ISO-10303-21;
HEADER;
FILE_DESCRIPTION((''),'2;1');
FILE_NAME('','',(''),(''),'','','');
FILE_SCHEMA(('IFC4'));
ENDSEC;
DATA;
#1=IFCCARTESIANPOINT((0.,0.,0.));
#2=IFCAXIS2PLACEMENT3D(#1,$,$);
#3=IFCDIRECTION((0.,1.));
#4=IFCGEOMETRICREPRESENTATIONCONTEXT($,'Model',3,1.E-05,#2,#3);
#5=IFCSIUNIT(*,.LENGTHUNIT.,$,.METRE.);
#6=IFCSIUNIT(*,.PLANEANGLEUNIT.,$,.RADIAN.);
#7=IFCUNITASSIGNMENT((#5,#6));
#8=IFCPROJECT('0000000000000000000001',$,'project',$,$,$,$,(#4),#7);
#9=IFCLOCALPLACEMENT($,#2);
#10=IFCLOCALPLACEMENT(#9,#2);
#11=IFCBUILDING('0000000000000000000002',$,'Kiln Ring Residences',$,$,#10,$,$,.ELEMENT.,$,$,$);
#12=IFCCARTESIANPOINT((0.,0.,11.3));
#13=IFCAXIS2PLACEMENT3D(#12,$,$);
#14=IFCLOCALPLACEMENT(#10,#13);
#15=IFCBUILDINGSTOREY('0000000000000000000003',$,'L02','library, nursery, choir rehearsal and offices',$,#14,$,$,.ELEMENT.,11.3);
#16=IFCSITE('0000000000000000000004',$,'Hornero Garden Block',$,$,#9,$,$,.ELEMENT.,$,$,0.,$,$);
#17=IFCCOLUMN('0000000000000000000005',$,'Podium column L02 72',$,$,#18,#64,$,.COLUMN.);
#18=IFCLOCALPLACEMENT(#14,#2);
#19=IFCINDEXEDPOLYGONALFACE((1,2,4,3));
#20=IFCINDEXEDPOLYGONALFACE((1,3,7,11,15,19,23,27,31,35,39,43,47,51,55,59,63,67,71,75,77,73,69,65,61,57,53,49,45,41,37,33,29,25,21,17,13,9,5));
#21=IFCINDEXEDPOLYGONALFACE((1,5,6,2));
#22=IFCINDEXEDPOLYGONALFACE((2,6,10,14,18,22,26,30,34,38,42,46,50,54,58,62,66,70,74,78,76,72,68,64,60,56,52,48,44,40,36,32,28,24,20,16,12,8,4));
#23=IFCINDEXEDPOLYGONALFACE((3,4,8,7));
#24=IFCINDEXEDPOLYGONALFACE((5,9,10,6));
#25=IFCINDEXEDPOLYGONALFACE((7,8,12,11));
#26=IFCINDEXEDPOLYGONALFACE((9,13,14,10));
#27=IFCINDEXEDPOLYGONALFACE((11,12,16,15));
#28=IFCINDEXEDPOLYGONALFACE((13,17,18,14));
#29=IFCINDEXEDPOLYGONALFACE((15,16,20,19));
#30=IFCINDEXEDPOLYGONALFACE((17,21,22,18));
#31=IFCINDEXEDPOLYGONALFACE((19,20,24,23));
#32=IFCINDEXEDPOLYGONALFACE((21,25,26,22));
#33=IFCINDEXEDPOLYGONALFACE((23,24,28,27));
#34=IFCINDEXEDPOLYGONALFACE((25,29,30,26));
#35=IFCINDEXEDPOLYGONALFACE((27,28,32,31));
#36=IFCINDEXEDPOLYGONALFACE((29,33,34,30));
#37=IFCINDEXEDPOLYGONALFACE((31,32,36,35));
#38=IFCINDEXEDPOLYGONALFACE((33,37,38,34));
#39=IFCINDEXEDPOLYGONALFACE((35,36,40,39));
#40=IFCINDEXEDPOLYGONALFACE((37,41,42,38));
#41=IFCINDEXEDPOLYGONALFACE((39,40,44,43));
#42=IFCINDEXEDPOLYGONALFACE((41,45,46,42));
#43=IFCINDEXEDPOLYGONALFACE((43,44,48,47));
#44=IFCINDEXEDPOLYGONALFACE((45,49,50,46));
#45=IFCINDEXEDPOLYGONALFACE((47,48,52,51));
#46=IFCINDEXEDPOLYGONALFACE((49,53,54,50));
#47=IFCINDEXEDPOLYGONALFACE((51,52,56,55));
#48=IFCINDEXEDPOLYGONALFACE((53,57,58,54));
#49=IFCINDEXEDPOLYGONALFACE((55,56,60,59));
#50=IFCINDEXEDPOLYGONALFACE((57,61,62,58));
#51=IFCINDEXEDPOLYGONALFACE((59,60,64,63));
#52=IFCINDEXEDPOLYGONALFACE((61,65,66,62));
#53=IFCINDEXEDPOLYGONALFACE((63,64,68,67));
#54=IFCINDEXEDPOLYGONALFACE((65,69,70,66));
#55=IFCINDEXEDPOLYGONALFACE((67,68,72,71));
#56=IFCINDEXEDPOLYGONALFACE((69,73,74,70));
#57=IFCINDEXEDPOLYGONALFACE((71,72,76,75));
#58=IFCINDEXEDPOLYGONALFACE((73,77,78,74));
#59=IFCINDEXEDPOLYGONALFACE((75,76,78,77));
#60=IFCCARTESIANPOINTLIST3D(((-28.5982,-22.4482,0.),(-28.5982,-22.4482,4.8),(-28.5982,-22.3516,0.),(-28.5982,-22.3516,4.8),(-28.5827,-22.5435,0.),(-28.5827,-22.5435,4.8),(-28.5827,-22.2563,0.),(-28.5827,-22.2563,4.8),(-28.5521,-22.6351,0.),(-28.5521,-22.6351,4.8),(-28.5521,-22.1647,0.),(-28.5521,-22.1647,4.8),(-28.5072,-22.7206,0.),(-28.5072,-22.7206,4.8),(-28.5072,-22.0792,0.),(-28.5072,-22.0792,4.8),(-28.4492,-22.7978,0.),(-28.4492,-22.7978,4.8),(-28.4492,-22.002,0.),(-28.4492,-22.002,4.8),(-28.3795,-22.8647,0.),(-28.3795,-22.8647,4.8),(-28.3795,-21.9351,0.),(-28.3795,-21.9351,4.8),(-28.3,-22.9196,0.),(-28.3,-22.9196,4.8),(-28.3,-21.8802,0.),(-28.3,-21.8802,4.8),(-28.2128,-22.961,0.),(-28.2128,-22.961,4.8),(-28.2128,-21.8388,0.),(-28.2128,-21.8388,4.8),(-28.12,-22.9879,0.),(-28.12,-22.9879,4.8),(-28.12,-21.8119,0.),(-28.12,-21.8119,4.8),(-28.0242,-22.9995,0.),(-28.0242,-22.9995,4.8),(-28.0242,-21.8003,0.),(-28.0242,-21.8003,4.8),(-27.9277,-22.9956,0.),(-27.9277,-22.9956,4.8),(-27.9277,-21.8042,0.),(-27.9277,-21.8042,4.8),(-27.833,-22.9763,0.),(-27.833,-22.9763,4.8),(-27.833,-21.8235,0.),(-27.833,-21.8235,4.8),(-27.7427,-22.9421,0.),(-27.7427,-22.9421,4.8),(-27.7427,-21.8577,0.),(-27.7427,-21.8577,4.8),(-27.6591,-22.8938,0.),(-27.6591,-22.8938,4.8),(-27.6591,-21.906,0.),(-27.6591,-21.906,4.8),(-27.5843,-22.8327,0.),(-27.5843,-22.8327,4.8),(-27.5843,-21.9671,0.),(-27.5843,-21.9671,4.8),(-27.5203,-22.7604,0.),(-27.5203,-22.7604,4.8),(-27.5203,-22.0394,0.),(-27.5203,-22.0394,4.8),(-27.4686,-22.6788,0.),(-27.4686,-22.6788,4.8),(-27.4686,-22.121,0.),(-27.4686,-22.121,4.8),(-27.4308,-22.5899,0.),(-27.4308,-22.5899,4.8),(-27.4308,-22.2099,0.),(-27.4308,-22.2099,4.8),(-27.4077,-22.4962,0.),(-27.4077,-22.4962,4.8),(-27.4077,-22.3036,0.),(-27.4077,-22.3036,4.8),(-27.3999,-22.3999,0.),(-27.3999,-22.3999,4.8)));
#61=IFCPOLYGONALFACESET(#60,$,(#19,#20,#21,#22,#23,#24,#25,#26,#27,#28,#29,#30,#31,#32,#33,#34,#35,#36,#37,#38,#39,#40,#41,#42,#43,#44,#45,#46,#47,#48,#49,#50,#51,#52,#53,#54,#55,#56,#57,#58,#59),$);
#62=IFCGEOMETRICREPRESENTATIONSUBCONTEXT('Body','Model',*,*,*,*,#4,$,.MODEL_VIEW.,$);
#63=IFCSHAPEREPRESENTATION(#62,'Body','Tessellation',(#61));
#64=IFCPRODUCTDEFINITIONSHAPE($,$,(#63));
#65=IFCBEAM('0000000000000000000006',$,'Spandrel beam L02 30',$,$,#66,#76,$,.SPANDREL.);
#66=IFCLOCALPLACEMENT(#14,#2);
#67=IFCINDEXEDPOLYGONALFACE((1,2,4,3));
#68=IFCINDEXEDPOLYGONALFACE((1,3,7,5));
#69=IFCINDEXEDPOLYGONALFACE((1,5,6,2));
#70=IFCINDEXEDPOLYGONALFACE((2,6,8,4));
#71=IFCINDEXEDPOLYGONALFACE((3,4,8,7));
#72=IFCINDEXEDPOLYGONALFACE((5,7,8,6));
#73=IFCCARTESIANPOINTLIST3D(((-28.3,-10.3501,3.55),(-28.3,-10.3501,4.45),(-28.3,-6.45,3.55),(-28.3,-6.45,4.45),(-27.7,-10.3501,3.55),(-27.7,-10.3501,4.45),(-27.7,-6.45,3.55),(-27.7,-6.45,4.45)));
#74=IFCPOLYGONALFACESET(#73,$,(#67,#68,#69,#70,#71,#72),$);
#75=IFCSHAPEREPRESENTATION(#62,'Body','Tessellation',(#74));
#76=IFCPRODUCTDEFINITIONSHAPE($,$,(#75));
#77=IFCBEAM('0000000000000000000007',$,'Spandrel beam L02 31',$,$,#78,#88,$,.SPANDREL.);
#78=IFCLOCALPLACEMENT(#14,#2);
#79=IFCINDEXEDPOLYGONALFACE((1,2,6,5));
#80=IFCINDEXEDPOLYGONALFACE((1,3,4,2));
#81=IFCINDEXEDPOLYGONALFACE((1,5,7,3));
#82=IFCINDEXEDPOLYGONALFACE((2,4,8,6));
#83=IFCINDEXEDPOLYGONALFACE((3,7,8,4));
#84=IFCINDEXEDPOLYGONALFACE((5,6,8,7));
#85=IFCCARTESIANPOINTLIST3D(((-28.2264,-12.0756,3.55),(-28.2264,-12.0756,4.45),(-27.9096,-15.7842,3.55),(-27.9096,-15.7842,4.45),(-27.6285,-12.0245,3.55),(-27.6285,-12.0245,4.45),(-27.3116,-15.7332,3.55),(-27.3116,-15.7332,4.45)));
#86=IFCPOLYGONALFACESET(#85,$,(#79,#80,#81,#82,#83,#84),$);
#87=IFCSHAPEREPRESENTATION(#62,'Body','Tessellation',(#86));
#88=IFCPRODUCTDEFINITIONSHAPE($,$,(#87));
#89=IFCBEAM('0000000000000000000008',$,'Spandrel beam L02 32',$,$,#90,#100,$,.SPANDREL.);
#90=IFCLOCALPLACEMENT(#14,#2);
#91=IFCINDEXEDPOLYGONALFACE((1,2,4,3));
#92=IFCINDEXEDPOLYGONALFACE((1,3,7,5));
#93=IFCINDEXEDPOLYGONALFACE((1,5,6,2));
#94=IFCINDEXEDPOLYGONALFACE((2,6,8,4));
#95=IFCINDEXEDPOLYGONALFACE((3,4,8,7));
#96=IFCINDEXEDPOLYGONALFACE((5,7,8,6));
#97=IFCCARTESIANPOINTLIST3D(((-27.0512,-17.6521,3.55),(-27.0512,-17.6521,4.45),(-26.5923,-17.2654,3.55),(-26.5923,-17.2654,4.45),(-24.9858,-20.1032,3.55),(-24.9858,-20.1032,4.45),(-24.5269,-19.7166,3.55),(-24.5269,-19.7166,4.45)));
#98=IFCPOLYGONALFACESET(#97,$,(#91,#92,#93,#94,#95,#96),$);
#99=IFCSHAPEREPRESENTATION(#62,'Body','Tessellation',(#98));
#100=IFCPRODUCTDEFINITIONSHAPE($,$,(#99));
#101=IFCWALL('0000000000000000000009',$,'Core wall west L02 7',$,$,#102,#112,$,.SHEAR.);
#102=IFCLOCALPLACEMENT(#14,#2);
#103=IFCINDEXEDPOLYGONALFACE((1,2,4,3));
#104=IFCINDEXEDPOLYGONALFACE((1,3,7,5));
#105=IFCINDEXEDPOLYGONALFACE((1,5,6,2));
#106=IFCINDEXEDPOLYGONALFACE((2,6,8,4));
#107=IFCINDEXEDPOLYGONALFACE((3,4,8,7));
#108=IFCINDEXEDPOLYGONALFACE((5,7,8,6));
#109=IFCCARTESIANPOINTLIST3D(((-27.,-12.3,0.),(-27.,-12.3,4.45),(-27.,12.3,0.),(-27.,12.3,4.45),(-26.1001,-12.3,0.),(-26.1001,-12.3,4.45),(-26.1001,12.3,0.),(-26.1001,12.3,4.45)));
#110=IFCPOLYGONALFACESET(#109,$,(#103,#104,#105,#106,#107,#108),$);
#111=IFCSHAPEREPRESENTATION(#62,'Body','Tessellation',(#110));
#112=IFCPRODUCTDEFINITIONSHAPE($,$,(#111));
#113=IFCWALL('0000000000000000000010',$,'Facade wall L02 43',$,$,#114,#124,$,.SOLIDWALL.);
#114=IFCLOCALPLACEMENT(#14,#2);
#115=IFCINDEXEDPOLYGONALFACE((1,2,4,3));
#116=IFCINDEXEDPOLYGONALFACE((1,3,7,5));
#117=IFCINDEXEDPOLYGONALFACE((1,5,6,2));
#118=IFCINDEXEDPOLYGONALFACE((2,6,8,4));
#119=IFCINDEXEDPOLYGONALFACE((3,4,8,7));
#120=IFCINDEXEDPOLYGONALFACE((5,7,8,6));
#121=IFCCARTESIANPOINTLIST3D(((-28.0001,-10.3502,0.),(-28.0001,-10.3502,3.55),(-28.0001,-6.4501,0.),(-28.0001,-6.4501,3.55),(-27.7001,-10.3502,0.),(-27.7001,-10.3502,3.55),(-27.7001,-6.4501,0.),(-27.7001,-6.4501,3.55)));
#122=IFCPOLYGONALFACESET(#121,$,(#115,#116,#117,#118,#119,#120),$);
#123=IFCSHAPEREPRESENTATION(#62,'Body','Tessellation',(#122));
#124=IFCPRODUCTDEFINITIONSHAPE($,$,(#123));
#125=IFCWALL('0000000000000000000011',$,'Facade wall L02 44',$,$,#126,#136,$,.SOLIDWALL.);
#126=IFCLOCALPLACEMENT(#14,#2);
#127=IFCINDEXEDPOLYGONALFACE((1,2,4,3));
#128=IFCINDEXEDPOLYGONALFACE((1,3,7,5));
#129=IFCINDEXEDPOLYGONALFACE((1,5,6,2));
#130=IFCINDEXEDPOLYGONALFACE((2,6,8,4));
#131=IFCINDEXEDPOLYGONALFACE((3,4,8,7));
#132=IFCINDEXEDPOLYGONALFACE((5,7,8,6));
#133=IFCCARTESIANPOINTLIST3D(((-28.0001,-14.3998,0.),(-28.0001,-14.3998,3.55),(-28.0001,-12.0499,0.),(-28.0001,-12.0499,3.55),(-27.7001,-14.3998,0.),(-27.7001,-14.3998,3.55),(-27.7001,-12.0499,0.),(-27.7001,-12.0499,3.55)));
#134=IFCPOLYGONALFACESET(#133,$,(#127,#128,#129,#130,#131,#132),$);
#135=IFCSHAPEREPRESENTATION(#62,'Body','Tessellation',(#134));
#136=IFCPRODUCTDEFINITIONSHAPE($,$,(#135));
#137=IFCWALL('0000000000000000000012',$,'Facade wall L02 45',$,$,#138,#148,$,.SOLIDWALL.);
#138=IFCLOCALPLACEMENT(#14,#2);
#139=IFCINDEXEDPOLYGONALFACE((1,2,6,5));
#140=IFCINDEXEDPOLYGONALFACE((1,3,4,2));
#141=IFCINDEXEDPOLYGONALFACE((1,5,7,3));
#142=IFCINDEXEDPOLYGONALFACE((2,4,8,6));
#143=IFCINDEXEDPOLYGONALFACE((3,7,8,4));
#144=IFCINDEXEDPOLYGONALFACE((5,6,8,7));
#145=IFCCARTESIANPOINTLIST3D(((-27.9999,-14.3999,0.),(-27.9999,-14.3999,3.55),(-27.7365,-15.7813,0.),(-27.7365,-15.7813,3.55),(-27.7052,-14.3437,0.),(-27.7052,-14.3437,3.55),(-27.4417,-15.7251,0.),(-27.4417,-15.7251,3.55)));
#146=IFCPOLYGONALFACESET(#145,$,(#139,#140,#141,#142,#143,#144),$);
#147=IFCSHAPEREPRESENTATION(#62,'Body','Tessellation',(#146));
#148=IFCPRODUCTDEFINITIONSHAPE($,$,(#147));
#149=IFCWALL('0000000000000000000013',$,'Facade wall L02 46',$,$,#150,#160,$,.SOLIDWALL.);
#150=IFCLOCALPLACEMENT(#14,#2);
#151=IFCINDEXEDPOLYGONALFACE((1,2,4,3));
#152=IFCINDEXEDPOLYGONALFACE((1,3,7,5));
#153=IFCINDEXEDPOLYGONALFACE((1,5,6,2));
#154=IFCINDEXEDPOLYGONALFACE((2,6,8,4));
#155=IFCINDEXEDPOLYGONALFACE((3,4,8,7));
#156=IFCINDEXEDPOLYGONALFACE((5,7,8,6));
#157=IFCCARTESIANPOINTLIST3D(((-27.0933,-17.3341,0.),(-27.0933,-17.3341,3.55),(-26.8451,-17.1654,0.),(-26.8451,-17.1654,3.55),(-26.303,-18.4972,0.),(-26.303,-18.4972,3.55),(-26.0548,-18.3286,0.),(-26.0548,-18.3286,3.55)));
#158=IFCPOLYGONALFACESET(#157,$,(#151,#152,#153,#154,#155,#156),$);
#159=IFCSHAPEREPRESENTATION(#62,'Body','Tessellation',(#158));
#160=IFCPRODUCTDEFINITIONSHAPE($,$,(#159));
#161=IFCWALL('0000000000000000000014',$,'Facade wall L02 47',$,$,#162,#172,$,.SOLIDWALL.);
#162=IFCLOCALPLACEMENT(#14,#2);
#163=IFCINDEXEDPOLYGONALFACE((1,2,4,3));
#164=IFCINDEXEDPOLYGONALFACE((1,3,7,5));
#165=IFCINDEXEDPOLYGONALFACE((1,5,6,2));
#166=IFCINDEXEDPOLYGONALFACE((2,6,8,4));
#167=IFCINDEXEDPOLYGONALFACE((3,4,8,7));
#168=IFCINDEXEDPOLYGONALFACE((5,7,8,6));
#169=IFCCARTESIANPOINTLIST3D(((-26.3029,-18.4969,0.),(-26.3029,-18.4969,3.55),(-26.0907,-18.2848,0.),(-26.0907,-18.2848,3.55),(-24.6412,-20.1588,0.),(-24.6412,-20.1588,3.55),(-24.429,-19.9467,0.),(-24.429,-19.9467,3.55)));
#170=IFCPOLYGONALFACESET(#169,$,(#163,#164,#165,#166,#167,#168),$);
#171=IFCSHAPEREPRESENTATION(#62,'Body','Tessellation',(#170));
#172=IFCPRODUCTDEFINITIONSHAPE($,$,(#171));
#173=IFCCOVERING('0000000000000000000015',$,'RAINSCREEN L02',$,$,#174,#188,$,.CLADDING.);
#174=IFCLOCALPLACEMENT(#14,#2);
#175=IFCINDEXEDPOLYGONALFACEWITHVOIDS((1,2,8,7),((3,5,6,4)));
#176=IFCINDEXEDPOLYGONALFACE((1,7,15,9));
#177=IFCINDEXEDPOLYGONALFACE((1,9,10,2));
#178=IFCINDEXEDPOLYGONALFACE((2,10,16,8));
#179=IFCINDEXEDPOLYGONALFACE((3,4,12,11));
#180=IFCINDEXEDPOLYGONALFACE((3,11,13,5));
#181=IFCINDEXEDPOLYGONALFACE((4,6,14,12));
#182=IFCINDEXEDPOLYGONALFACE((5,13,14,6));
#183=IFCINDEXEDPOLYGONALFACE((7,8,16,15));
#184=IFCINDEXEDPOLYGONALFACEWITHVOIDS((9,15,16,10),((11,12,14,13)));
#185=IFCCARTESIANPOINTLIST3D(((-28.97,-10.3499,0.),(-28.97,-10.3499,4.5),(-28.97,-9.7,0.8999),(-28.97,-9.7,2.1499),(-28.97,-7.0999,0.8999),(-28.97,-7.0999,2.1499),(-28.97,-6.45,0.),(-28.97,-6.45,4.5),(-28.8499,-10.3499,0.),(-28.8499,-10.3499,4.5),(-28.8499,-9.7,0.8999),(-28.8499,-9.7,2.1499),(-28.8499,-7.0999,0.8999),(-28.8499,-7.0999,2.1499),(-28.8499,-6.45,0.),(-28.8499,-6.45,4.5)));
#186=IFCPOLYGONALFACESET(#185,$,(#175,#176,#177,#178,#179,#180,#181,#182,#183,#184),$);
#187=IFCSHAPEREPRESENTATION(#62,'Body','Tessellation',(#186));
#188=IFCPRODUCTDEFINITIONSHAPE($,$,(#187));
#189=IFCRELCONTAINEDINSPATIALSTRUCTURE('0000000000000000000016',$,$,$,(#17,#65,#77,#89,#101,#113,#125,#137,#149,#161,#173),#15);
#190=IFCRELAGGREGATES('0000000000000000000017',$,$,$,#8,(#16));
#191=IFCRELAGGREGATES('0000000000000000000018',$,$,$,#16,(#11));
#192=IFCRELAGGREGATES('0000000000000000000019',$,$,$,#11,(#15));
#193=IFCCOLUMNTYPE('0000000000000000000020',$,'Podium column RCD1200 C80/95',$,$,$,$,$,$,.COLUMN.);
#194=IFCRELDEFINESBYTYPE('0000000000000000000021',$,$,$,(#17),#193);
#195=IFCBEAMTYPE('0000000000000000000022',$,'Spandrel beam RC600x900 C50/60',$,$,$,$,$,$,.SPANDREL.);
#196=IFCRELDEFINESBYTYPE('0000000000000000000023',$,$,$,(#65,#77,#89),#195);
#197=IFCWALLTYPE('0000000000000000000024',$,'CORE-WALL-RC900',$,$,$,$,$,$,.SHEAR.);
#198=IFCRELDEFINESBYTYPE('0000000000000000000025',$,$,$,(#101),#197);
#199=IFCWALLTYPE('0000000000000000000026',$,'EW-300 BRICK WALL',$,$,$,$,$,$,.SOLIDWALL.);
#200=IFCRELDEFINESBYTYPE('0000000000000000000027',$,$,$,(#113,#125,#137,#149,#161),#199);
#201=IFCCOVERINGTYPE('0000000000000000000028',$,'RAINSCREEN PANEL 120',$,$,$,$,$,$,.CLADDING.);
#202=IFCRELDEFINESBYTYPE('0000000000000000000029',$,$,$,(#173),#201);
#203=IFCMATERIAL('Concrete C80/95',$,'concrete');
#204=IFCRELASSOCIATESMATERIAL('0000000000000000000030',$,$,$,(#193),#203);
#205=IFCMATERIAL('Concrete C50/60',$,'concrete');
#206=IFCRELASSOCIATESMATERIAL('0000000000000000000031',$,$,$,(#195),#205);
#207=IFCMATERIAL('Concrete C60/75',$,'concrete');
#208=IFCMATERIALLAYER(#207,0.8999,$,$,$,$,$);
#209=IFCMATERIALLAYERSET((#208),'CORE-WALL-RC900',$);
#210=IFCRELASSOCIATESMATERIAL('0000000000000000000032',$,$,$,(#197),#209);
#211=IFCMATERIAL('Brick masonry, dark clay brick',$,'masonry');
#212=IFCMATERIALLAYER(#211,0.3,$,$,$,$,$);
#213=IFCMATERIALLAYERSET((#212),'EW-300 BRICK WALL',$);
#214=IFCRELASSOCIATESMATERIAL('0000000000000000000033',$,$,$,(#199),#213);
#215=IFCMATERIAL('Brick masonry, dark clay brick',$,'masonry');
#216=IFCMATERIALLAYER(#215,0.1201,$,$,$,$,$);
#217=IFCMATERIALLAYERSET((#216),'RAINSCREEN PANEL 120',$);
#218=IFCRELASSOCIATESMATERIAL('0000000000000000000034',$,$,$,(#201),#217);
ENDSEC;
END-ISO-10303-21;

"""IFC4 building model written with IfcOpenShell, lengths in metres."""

from ifc_helpers import new_model, si_unit, direction, frame, frame_2d, origin, origin_2d, place, context, subcontext, project, spatial, polyline, rectangle, circle, outline, extrude, material, layer, layer_set, material_profile, profile_set, type_object, element, save


model = new_model("IFC4")

# Units and contexts
model_context = context("Model", 3, precision=1e-05, world=origin(), true_north=direction((0.0, 1.0)))
body_context = subcontext(model_context, "Body", "Model", "MODEL_VIEW")
ifc_project = project(units=[si_unit("LENGTHUNIT", "METRE"), si_unit("PLANEANGLEUNIT", "RADIAN")], contexts=[model_context])

# Site, building, storey
site_placement = place(None, origin())
site = spatial("IfcSite", under=ifc_project, at=site_placement, Name="Hornero Garden Block", CompositionType="ELEMENT", RefElevation=0.0)
building_placement = place(site_placement, origin())
building = spatial("IfcBuilding", under=site, at=building_placement, Name="Kiln Ring Residences", CompositionType="ELEMENT")
storey_placement = place(building_placement, frame((0.0, 0.0, 11.3)))
storey = spatial("IfcBuildingStorey", under=building, at=storey_placement, Name="L02", Description="library, nursery, choir rehearsal and offices", CompositionType="ELEMENT", Elevation=11.3)

# Column
ifc_material_1 = material(Name="Concrete C80/95", Category="concrete")
ifc_material_profile_1 = material_profile(ifc_material_1, circle(Radius=0.6001, at=origin_2d()), Name="RCD1200")
ifc_profile_set_1 = profile_set([ifc_material_profile_1], Name="Concrete C80/95")
column_type_1 = type_object("IfcColumnType", Name="Podium column RCD1200 C80/95", PredefinedType="COLUMN", material=ifc_profile_set_1)
for number, where, z_axis, x_axis, name in (
    (1, (-28.0, -22.3999, 0.0), (0.0, 0.0, 1.0), (1.0, 0.0, 0.0), "Podium column L02 72"),
):
    element("IfcColumn", number, at=place(storey_placement, frame(where, z_axis=z_axis, x_axis=x_axis)), inside=storey, type_object=column_type_1, Name=name, PredefinedType="COLUMN", context=body_context, shape_type="SweptSolid", body=[
        extrude(circle(Radius=0.6001, at=origin_2d()), origin(), (0.0, 0.0, 1.0), 4.8),
    ])

# Beams
ifc_material_2 = material(Name="Concrete C50/60", Category="concrete")
ifc_material_profile_2 = material_profile(ifc_material_2, rectangle(XDim=0.6001, YDim=0.8999, at=origin_2d()), Name="RC600x900")
ifc_profile_set_2 = profile_set([ifc_material_profile_2], Name="Concrete C50/60")
beam_type = type_object("IfcBeamType", Name="Spandrel beam RC600x900 C50/60", PredefinedType="SPANDREL", material=ifc_profile_set_2)
beam_1_placement = place(storey_placement, frame((-28.0, -6.45, 4.0), z_axis=(0.0, -1.0, 0.0), x_axis=(1.0, 0.0, 0.0)))
element("IfcBeam", 2, at=beam_1_placement, inside=storey, type_object=beam_type, Name="Spandrel beam L02 30", PredefinedType="SPANDREL", context=body_context, shape_type="SweptSolid", body=[
    extrude(rectangle(XDim=0.6001, YDim=0.8999, at=origin_2d()), origin(), (0.0, 0.0, 1.0), 3.9001),
])
beam_2_placement = place(storey_placement, frame((-27.9275, -12.05, 4.0), z_axis=(0.085135, -0.996369, 0.0), x_axis=(0.996369, 0.085135, 0.0)))
element("IfcBeam", 3, at=beam_2_placement, inside=storey, type_object=beam_type, Name="Spandrel beam L02 31", PredefinedType="SPANDREL", context=body_context, shape_type="SweptSolid", body=[
    extrude(rectangle(XDim=0.6001, YDim=0.8999, at=origin_2d()), origin(), (0.0, 0.0, 1.0), 3.7222),
])
beam_3_placement = place(storey_placement, frame((-26.8218, -17.4587, 4.0), z_axis=(0.64437, -0.764714, 0.0), x_axis=(0.764714, 0.64437, 0.0)))
element("IfcBeam", 4, at=beam_3_placement, inside=storey, type_object=beam_type, Name="Spandrel beam L02 32", PredefinedType="SPANDREL", context=body_context, shape_type="SweptSolid", body=[
    extrude(rectangle(XDim=0.6001, YDim=0.8999, at=origin_2d()), origin(), (0.0, 0.0, 1.0), 3.2053),
])

# Walls
ifc_material_3 = material(Name="Concrete C60/75", Category="concrete")
ifc_layer_1 = layer(ifc_material_3, 0.8999)
ifc_layer_set_1 = layer_set([ifc_layer_1], Name="CORE-WALL-RC900")
wall_type_1 = type_object("IfcWallType", Name="CORE-WALL-RC900", PredefinedType="SHEAR", material=ifc_layer_set_1)
wall_1_placement = place(storey_placement, frame((-26.55, -12.3, 0.0), z_axis=(0.0, 0.0, 1.0), x_axis=(0.0, 1.0, 0.0)))
element("IfcWall", 5, at=wall_1_placement, inside=storey, type_object=wall_type_1, Name="Core wall west L02 7", PredefinedType="SHEAR", context=body_context, shape_type="SweptSolid", body=[
    extrude(rectangle(XDim=24.6001, YDim=0.8999, at=frame_2d((12.3, 0.0))), origin(), (0.0, 0.0, 1.0), 4.45),
])
ifc_material_4 = material(Name="Brick masonry, dark clay brick", Category="masonry")
ifc_layer_2 = layer(ifc_material_4, 0.3)
ifc_layer_set_2 = layer_set([ifc_layer_2], Name="EW-300 BRICK WALL")
wall_type_2 = type_object("IfcWallType", Name="EW-300 BRICK WALL", PredefinedType="SOLIDWALL", material=ifc_layer_set_2)
wall_2_placement = place(storey_placement, frame((-27.8501, -6.45, 0.0), z_axis=(0.0, 0.0, 1.0), x_axis=(0.0, -1.0, 0.0)))
element("IfcWall", 6, at=wall_2_placement, inside=storey, type_object=wall_type_2, Name="Facade wall L02 43", PredefinedType="SOLIDWALL", context=body_context, shape_type="SweptSolid", body=[
    extrude(rectangle(XDim=3.9001, YDim=0.3, at=frame_2d((1.9502, 0.0))), origin(), (0.0, 0.0, 1.0), 3.55),
])
wall_3_placement = place(storey_placement, frame((-27.8501, -12.05, 0.0), z_axis=(0.0, 0.0, 1.0), x_axis=(0.0, -1.0, 0.0)))
element("IfcWall", 7, at=wall_3_placement, inside=storey, type_object=wall_type_2, Name="Facade wall L02 44", PredefinedType="SOLIDWALL", context=body_context, shape_type="SweptSolid", body=[
    extrude(rectangle(XDim=2.3499, YDim=0.3, at=frame_2d((1.1748, 0.0))), origin(), (0.0, 0.0, 1.0), 3.55),
])
for number, where, z_axis, x_axis, name in (
    (8, (-27.8525, -14.3718, 0.0), (0.0, 0.0, 1.0), (0.187328, -0.982298, 0.0), "Facade wall L02 45"),
    (9, (-26.9692, -17.2498, 0.0), (0.0, 0.0, 1.0), (0.562011, -0.82713, 0.0), "Facade wall L02 46"),
):
    element("IfcWall", number, at=place(storey_placement, frame(where, z_axis=z_axis, x_axis=x_axis)), inside=storey, type_object=wall_type_2, Name=name, PredefinedType="SOLIDWALL", context=body_context, shape_type="SweptSolid", body=[
        extrude(rectangle(XDim=1.4062, YDim=0.3, at=frame_2d((0.7031, 0.0))), origin(), (0.0, 0.0, 1.0), 3.55),
    ])
wall_4_placement = place(storey_placement, frame((-26.1968, -18.3909, 0.0), z_axis=(0.0, 0.0, 1.0), x_axis=(0.707055, -0.707159, 0.0)))
element("IfcWall", 10, at=wall_4_placement, inside=storey, type_object=wall_type_2, Name="Facade wall L02 47", PredefinedType="SOLIDWALL", context=body_context, shape_type="SweptSolid", body=[
    extrude(rectangle(XDim=2.3501, YDim=0.3, at=frame_2d((1.175, 0.0))), origin(), (0.0, 0.0, 1.0), 3.55),
])

# Covering
ifc_material_5 = material(Name="Brick masonry, dark clay brick", Category="masonry")
ifc_layer_3 = layer(ifc_material_5, 0.1201)
ifc_layer_set_3 = layer_set([ifc_layer_3], Name="RAINSCREEN PANEL 120")
covering_type = type_object("IfcCoveringType", Name="RAINSCREEN PANEL 120", PredefinedType="CLADDING", material=ifc_layer_set_3)
covering_1_placement = place(storey_placement, frame((-28.9099, -6.45, 0.0), z_axis=(0.0, 0.0, 1.0), x_axis=(0.0, -1.0, 0.0)))
element("IfcCovering", 11, at=covering_1_placement, inside=storey, type_object=covering_type, Name="RAINSCREEN L02", PredefinedType="CLADDING", context=body_context, shape_type="SweptSolid", body=[
    extrude(outline(polyline([(0.0, 0.0), (3.8999, 0.0), (3.8999, 4.5), (0.0, 4.5), (0.0, 0.0)]), holes=[polyline([(0.6499, 2.1499), (0.6499, 0.8999), (3.25, 0.8999), (3.25, 2.1499), (0.6499, 2.1499)])]), frame((0.0, 0.0601, 0.0), z_axis=(0.0, -1.0, 0.0), x_axis=(1.0, 0.0, 0.0)), (0.0, 0.0, 1.0), 0.1201),
])

save(model, "model.ifc")
